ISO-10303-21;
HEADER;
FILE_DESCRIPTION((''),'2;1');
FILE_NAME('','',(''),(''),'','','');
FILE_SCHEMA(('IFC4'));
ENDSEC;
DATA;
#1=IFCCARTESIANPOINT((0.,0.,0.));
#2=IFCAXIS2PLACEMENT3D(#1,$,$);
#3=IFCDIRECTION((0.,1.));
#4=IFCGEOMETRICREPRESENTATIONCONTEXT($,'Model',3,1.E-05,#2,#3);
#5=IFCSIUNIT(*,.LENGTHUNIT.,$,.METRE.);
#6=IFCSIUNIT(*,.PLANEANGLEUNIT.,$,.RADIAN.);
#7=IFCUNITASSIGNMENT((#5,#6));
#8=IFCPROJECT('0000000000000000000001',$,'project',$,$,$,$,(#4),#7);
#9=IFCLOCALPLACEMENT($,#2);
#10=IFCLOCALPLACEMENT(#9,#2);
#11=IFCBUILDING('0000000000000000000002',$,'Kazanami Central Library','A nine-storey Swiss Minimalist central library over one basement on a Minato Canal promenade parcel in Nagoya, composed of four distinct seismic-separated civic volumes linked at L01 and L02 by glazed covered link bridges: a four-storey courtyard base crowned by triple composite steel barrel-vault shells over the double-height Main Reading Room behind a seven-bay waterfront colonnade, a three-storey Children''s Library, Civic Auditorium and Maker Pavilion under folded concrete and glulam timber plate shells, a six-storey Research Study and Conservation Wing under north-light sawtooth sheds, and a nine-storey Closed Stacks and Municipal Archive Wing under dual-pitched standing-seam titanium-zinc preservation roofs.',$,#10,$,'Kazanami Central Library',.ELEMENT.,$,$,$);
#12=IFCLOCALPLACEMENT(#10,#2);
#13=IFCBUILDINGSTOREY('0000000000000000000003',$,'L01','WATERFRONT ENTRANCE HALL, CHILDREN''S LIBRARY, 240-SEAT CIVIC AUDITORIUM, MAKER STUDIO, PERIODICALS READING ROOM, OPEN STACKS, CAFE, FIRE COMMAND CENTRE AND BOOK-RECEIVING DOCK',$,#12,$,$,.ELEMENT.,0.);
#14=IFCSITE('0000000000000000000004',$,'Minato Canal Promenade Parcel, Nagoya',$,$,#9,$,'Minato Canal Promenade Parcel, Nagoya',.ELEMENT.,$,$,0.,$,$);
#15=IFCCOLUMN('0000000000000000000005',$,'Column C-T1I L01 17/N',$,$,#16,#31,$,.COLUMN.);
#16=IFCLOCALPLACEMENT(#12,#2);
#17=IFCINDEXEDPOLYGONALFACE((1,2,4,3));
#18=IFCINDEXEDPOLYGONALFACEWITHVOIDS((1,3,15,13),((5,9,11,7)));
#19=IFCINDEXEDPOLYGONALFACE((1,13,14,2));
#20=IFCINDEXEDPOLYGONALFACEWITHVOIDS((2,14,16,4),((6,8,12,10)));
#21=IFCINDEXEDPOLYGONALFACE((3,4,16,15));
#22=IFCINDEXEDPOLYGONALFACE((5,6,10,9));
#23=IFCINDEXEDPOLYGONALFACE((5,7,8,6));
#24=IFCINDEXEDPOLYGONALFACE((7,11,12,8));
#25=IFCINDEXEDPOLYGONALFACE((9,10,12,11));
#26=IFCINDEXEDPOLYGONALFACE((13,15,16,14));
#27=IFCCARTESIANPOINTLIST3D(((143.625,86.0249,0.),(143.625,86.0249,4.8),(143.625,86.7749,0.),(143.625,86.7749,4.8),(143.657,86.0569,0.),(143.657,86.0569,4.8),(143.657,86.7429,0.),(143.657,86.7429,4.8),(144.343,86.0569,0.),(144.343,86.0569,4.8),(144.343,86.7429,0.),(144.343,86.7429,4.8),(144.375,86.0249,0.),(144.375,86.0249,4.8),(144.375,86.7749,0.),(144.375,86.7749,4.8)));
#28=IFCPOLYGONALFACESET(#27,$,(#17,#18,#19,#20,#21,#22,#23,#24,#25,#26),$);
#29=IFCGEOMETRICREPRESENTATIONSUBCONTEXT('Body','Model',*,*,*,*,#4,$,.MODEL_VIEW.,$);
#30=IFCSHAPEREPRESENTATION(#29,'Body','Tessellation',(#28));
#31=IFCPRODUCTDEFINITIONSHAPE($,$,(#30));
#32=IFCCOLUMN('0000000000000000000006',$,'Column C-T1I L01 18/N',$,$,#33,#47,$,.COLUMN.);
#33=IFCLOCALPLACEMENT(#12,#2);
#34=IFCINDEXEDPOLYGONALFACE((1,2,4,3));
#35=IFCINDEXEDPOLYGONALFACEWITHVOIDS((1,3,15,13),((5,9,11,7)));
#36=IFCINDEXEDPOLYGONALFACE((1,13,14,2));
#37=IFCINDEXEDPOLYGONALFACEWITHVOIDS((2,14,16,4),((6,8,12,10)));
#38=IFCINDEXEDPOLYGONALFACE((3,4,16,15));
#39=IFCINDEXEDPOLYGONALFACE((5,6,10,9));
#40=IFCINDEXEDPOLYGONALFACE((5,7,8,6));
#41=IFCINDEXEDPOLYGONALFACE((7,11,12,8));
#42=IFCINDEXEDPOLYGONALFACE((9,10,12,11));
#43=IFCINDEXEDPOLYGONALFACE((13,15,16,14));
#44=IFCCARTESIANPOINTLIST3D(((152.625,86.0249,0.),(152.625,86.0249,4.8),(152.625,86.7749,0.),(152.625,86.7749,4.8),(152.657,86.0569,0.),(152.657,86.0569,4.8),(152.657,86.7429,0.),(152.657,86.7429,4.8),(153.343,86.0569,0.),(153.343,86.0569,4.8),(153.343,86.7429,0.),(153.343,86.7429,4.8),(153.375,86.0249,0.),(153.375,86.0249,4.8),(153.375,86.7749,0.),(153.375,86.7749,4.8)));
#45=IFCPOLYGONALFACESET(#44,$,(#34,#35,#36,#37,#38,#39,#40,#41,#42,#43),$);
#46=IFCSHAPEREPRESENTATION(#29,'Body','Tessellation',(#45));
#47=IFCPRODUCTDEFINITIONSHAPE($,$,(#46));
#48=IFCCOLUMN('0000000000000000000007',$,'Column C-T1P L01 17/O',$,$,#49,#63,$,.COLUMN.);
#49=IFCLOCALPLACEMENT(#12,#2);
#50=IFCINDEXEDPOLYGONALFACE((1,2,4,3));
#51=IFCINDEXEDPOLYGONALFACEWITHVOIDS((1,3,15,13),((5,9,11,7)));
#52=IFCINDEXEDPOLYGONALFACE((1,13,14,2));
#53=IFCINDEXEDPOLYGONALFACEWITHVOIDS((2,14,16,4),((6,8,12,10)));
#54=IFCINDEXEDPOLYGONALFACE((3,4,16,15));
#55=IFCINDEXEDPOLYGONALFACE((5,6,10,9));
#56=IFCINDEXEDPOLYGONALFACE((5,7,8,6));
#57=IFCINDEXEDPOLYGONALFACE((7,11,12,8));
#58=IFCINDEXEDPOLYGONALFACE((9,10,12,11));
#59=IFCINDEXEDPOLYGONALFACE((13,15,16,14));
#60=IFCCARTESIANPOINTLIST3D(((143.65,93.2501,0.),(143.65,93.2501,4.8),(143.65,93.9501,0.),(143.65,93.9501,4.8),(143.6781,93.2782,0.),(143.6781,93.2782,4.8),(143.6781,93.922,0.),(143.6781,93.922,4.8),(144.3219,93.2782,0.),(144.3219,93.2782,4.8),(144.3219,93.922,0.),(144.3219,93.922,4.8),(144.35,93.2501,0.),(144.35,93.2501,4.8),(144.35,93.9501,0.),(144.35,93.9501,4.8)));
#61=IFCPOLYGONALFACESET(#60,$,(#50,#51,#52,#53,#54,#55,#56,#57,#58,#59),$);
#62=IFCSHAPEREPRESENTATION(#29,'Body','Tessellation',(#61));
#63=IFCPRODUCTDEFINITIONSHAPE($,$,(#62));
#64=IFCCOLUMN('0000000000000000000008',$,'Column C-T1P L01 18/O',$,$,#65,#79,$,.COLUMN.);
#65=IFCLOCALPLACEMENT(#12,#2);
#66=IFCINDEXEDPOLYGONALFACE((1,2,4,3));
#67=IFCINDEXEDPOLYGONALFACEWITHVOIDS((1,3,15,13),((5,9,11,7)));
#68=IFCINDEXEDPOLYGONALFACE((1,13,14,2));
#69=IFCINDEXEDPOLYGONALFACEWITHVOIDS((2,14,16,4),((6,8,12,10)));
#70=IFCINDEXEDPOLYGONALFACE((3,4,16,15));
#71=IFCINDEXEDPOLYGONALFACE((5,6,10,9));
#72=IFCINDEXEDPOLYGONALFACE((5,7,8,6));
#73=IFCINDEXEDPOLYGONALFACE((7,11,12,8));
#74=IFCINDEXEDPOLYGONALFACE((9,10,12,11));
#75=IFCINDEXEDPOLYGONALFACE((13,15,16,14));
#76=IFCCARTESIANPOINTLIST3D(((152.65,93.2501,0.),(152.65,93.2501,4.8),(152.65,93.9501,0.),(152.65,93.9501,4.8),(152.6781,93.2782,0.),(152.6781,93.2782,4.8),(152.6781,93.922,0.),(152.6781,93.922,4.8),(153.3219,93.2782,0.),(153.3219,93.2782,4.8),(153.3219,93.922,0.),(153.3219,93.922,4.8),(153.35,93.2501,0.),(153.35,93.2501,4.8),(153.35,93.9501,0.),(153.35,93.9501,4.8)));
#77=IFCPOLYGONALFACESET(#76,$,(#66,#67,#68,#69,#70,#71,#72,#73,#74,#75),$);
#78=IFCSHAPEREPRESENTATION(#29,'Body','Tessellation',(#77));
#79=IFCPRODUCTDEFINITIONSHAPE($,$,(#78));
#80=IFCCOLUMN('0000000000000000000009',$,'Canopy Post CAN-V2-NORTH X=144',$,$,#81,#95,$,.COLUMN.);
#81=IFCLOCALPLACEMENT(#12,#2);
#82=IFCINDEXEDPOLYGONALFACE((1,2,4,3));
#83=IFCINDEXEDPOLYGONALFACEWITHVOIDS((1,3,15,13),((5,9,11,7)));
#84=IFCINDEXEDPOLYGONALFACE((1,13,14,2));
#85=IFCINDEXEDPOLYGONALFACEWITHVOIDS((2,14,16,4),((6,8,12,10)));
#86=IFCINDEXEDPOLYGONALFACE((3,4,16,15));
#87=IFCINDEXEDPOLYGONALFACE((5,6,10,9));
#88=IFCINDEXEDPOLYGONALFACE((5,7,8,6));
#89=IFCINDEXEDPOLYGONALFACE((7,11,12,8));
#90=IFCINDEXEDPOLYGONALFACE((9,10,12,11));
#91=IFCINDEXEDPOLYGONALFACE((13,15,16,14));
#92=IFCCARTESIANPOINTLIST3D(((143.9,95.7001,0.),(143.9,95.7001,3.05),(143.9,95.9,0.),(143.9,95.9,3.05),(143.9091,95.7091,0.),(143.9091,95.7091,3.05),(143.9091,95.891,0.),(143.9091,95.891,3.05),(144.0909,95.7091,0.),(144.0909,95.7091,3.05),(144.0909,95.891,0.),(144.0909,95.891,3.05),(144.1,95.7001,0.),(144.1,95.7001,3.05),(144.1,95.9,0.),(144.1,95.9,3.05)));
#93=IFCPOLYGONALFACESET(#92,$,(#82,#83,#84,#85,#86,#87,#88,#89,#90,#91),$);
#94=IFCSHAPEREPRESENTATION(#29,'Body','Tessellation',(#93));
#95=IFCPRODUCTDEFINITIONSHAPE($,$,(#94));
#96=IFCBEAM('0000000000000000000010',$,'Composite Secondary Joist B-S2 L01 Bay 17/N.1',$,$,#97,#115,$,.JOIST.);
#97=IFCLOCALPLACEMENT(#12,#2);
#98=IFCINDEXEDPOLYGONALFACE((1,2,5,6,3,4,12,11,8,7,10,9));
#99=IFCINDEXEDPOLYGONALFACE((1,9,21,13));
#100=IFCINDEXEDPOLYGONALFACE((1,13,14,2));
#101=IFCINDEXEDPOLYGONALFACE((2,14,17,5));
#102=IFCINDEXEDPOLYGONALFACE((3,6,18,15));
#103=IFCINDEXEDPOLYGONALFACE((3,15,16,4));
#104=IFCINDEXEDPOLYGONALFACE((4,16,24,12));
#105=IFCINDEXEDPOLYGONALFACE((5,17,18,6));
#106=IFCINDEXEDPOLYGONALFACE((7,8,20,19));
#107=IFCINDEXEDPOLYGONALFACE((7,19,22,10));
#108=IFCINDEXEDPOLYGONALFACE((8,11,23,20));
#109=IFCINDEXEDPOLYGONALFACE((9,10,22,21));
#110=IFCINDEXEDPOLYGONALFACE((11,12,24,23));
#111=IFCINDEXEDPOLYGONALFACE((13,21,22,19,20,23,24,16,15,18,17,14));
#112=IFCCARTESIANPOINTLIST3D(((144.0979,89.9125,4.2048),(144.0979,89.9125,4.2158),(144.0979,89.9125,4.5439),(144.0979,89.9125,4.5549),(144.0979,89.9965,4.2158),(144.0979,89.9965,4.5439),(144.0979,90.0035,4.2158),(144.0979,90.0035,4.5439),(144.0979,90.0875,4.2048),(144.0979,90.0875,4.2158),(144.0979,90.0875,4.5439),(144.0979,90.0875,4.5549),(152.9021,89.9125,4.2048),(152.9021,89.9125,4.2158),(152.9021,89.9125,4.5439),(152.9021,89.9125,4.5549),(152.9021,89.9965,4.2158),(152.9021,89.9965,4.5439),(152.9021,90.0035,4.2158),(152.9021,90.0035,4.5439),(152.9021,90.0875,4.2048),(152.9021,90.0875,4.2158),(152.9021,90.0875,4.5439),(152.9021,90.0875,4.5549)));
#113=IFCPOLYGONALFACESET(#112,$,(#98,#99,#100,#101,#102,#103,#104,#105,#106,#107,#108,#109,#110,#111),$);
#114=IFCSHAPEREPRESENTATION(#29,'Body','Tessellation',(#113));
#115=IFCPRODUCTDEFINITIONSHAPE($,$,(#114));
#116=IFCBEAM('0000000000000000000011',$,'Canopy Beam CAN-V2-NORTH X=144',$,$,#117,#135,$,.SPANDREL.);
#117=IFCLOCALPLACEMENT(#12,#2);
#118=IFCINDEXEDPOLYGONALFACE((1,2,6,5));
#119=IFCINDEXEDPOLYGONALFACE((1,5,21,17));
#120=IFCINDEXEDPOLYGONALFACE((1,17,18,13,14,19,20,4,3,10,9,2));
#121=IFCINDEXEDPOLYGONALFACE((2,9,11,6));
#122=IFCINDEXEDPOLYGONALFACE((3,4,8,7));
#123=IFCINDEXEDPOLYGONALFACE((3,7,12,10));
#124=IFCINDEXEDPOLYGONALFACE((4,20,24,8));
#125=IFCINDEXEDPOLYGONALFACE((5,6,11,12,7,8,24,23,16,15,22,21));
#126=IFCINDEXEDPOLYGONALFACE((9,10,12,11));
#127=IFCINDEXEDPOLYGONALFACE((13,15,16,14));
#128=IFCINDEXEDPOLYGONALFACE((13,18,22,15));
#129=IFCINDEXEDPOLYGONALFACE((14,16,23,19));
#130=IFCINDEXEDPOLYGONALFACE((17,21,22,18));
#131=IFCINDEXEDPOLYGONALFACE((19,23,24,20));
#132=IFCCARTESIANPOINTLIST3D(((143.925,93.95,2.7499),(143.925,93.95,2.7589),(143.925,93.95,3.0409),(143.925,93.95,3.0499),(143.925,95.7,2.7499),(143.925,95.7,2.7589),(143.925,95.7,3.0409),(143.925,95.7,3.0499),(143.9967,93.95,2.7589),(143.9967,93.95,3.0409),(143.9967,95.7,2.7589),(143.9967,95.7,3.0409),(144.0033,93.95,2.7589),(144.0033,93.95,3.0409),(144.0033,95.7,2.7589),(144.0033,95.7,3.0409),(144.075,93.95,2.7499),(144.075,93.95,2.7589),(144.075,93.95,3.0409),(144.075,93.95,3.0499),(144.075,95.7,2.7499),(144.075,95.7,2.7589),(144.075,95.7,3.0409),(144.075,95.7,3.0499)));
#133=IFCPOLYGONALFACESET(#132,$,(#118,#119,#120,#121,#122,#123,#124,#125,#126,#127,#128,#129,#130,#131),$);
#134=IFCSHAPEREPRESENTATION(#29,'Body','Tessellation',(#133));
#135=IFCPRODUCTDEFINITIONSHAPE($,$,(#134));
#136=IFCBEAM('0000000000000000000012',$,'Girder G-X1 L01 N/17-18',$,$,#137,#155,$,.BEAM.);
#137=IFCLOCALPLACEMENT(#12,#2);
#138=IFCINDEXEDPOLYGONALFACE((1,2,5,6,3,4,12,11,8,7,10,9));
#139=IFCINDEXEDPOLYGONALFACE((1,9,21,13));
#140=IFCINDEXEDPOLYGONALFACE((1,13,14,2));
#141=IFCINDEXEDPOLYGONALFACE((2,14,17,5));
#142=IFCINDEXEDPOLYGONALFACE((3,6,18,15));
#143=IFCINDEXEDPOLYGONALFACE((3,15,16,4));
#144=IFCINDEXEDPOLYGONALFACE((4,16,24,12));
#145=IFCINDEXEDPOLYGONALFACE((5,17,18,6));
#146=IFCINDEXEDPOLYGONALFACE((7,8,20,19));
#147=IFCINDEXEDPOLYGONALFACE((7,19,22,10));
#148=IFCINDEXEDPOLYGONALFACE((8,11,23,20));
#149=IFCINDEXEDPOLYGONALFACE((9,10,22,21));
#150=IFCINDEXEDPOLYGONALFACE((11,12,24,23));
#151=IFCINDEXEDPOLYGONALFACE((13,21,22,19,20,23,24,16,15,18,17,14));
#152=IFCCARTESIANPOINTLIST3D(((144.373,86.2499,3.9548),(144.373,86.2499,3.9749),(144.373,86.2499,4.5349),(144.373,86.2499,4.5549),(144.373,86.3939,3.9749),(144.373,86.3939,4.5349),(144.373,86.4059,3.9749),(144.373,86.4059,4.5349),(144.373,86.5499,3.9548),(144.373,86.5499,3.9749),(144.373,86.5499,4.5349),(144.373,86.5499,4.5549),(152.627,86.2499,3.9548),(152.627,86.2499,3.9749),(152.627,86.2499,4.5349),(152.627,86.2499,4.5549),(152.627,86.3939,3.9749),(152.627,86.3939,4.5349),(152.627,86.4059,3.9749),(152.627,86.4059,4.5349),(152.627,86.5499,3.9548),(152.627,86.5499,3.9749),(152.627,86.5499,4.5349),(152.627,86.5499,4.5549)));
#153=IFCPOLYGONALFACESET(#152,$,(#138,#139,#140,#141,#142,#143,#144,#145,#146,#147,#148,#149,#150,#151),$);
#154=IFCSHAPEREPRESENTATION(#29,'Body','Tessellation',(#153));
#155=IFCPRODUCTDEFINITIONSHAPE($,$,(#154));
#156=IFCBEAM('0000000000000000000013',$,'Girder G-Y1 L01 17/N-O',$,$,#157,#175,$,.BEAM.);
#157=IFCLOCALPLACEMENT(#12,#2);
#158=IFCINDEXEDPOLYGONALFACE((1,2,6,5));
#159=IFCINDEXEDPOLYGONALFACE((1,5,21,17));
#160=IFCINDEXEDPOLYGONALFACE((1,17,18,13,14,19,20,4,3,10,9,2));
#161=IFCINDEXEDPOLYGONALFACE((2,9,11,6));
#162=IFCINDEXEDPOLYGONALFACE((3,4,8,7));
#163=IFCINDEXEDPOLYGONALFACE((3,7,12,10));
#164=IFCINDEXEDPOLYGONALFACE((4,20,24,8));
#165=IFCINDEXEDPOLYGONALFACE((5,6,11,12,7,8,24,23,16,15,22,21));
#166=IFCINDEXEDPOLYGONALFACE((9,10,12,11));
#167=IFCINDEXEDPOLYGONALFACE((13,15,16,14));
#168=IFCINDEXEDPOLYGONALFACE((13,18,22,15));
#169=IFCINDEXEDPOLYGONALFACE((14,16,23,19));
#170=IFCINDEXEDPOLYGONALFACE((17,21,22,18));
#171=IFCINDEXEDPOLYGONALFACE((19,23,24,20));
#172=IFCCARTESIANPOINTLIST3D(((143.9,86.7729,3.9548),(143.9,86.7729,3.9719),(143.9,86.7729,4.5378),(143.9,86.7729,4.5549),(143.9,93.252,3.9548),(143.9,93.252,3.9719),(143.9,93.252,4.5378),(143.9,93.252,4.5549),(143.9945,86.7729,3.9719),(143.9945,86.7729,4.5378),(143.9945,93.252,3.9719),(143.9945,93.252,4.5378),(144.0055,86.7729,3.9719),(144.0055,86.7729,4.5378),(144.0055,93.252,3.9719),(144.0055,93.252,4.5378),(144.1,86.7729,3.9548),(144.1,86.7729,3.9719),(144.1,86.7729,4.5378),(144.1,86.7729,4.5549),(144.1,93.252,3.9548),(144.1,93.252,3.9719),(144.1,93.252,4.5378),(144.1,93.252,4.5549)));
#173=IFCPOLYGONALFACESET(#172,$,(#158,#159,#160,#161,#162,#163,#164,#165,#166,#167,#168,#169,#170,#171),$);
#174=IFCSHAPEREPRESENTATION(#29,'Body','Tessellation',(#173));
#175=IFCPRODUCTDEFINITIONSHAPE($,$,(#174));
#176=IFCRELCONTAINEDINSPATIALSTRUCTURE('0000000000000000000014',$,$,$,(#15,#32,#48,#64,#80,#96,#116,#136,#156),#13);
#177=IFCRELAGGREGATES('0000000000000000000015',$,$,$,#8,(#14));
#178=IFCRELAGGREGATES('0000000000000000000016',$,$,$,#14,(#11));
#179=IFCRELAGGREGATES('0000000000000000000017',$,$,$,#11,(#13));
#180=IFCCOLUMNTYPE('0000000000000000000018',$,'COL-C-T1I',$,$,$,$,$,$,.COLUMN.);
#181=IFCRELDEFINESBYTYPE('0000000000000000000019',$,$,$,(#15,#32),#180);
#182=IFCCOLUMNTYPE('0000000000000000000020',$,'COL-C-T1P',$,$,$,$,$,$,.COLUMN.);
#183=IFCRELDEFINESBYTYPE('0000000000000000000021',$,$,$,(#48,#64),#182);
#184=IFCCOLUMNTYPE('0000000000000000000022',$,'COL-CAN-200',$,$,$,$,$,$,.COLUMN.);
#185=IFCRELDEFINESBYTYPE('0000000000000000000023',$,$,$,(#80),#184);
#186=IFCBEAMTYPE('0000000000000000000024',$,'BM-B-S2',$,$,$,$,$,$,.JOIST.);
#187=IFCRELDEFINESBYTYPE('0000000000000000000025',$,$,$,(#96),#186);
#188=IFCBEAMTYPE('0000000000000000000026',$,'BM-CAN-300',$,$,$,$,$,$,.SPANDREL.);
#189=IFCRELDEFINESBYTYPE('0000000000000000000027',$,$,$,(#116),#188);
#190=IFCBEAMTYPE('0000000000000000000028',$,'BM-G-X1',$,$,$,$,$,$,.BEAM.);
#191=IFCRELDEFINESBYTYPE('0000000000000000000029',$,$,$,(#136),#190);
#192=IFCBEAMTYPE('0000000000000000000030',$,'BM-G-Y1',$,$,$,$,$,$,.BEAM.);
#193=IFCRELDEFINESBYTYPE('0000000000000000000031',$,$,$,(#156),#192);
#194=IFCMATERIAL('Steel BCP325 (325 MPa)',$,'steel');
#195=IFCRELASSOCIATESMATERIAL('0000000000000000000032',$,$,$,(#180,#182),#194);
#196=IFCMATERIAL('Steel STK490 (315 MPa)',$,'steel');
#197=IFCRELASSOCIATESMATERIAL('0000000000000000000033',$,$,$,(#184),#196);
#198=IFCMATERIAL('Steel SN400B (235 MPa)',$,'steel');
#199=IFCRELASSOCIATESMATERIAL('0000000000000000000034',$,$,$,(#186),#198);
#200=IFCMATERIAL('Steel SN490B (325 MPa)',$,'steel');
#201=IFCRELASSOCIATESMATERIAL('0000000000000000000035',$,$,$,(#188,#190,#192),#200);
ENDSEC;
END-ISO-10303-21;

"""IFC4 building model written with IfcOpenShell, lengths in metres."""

from ifc_helpers import new_model, si_unit, direction, frame, origin, origin_2d, place, context, subcontext, project, spatial, hollow_rectangle, i_section, extrude, material, material_profile, profile_set, type_object, element, save


model = new_model("IFC4")

# Units and contexts
model_context = context("Model", 3, precision=1e-05, world=origin(), true_north=direction((0.0, 1.0)))
body_context = subcontext(model_context, "Body", "Model", "MODEL_VIEW")
ifc_project = project(units=[si_unit("LENGTHUNIT", "METRE"), si_unit("PLANEANGLEUNIT", "RADIAN")], contexts=[model_context])

# Site, building, storey
site_placement = place(None, origin())
site = spatial("IfcSite", under=ifc_project, at=site_placement, Name="Minato Canal Promenade Parcel, Nagoya", LongName="Minato Canal Promenade Parcel, Nagoya", CompositionType="ELEMENT", RefElevation=0.0)
building_placement = place(site_placement, origin())
building = spatial("IfcBuilding", under=site, at=building_placement, Name="Kazanami Central Library", Description="A nine-storey Swiss Minimalist central library over one basement on a Minato Canal promenade parcel in Nagoya, composed of four distinct seismic-separated civic volumes linked at L01 and L02 by glazed covered link bridges: a four-storey courtyard base crowned by triple composite steel barrel-vault shells over the double-height Main Reading Room behind a seven-bay waterfront colonnade, a three-storey Children's Library, Civic Auditorium and Maker Pavilion under folded concrete and glulam timber plate shells, a six-storey Research Study and Conservation Wing under north-light sawtooth sheds, and a nine-storey Closed Stacks and Municipal Archive Wing under dual-pitched standing-seam titanium-zinc preservation roofs.", LongName="Kazanami Central Library", CompositionType="ELEMENT")
storey_placement = place(building_placement, origin())
storey = spatial("IfcBuildingStorey", under=building, at=storey_placement, Name="L01", Description="WATERFRONT ENTRANCE HALL, CHILDREN'S LIBRARY, 240-SEAT CIVIC AUDITORIUM, MAKER STUDIO, PERIODICALS READING ROOM, OPEN STACKS, CAFE, FIRE COMMAND CENTRE AND BOOK-RECEIVING DOCK", CompositionType="ELEMENT", Elevation=0.0)

# Columns
ifc_material_1 = material(Name="Steel BCP325 (325 MPa)", Category="steel")
ifc_material_profile_1 = material_profile(ifc_material_1, hollow_rectangle(XDim=0.75, YDim=0.75, WallThickness=0.032, at=origin_2d()), Name="BCP-750x750x32")
ifc_profile_set_1 = profile_set([ifc_material_profile_1], Name="Steel BCP325 (325 MPa)")
column_type_1 = type_object("IfcColumnType", Name="COL-C-T1I", PredefinedType="COLUMN", material=ifc_profile_set_1)
for number, where, z_axis, x_axis, name in (
    (1, (144.0, 86.3999, 0.0), (0.0, 0.0, 1.0), (1.0, 0.0, 0.0), "Column C-T1I L01 17/N"),
    (2, (153.0, 86.3999, 0.0), (0.0, 0.0, 1.0), (1.0, 0.0, 0.0), "Column C-T1I L01 18/N"),
):
    element("IfcColumn", number, at=place(storey_placement, frame(where, z_axis=z_axis, x_axis=x_axis)), inside=storey, type_object=column_type_1, Name=name, PredefinedType="COLUMN", context=body_context, shape_type="SweptSolid", body=[
        extrude(hollow_rectangle(XDim=0.75, YDim=0.75, WallThickness=0.032, at=origin_2d()), origin(), (0.0, 0.0, 1.0), 4.8),
    ])
ifc_material_profile_2 = material_profile(ifc_material_1, hollow_rectangle(XDim=0.7, YDim=0.7, WallThickness=0.0281, at=origin_2d()), Name="BCP-700x700x28")
ifc_profile_set_2 = profile_set([ifc_material_profile_2], Name="Steel BCP325 (325 MPa)")
column_type_2 = type_object("IfcColumnType", Name="COL-C-T1P", PredefinedType="COLUMN", material=ifc_profile_set_2)
for number, where, z_axis, x_axis, name in (
    (3, (144.0, 93.6001, 0.0), (0.0, 0.0, 1.0), (1.0, 0.0, 0.0), "Column C-T1P L01 17/O"),
    (4, (153.0, 93.6001, 0.0), (0.0, 0.0, 1.0), (1.0, 0.0, 0.0), "Column C-T1P L01 18/O"),
):
    element("IfcColumn", number, at=place(storey_placement, frame(where, z_axis=z_axis, x_axis=x_axis)), inside=storey, type_object=column_type_2, Name=name, PredefinedType="COLUMN", context=body_context, shape_type="SweptSolid", body=[
        extrude(hollow_rectangle(XDim=0.7, YDim=0.7, WallThickness=0.0281, at=origin_2d()), origin(), (0.0, 0.0, 1.0), 4.8),
    ])
ifc_material_2 = material(Name="Steel STK490 (315 MPa)", Category="steel")
ifc_material_profile_3 = material_profile(ifc_material_2, hollow_rectangle(XDim=0.2, YDim=0.2, WallThickness=0.009, at=origin_2d()), Name="STKR-200x200x9")
ifc_profile_set_3 = profile_set([ifc_material_profile_3], Name="Steel STK490 (315 MPa)")
column_type_3 = type_object("IfcColumnType", Name="COL-CAN-200", PredefinedType="COLUMN", material=ifc_profile_set_3)
column_placement = place(storey_placement, frame((144.0, 95.8, 0.0), z_axis=(0.0, 0.0, 1.0), x_axis=(1.0, 0.0, 0.0)))
element("IfcColumn", 5, at=column_placement, inside=storey, type_object=column_type_3, Name="Canopy Post CAN-V2-NORTH X=144", PredefinedType="COLUMN", context=body_context, shape_type="SweptSolid", body=[
    extrude(hollow_rectangle(XDim=0.2, YDim=0.2, WallThickness=0.009, at=origin_2d()), origin(), (0.0, 0.0, 1.0), 3.05),
])

# Beams
ifc_material_3 = material(Name="Steel SN400B (235 MPa)", Category="steel")
ifc_material_profile_4 = material_profile(ifc_material_3, i_section(OverallWidth=0.175, OverallDepth=0.3501, WebThickness=0.0071, FlangeThickness=0.011, at=origin_2d()), Name="H-350x175x7x11")
ifc_profile_set_4 = profile_set([ifc_material_profile_4], Name="Steel SN400B (235 MPa)")
beam_type_1 = type_object("IfcBeamType", Name="BM-B-S2", PredefinedType="JOIST", material=ifc_profile_set_4)
beam_1_placement = place(storey_placement, frame((144.0979, 90.0, 4.3799), z_axis=(1.0, 0.0, 0.0), x_axis=(0.0, 1.0, 0.0)))
element("IfcBeam", 6, at=beam_1_placement, inside=storey, type_object=beam_type_1, Name="Composite Secondary Joist B-S2 L01 Bay 17/N.1", PredefinedType="JOIST", context=body_context, shape_type="SweptSolid", body=[
    extrude(i_section(OverallWidth=0.175, OverallDepth=0.3501, WebThickness=0.0071, FlangeThickness=0.011, at=origin_2d()), origin(), (0.0, 0.0, 1.0), 8.8042),
])
ifc_material_4 = material(Name="Steel SN490B (325 MPa)", Category="steel")
ifc_material_profile_5 = material_profile(ifc_material_4, i_section(OverallWidth=0.1499, OverallDepth=0.3, WebThickness=0.0066, FlangeThickness=0.009, at=origin_2d()), Name="H-300x150x6.5x9")
ifc_profile_set_5 = profile_set([ifc_material_profile_5], Name="Steel SN490B (325 MPa)")
beam_type_2 = type_object("IfcBeamType", Name="BM-CAN-300", PredefinedType="SPANDREL", material=ifc_profile_set_5)
beam_2_placement = place(storey_placement, frame((144.0, 93.95, 2.8999), z_axis=(0.0, 1.0, 0.0), x_axis=(-1.0, 0.0, 0.0)))
element("IfcBeam", 7, at=beam_2_placement, inside=storey, type_object=beam_type_2, Name="Canopy Beam CAN-V2-NORTH X=144", PredefinedType="SPANDREL", context=body_context, shape_type="SweptSolid", body=[
    extrude(i_section(OverallWidth=0.1499, OverallDepth=0.3, WebThickness=0.0066, FlangeThickness=0.009, at=origin_2d()), origin(), (0.0, 0.0, 1.0), 1.75),
])
ifc_material_profile_6 = material_profile(ifc_material_4, i_section(OverallWidth=0.3, OverallDepth=0.6001, WebThickness=0.012, FlangeThickness=0.02, at=origin_2d()), Name="H-600x300x12x20")
ifc_profile_set_6 = profile_set([ifc_material_profile_6], Name="Steel SN490B (325 MPa)")
beam_type_3 = type_object("IfcBeamType", Name="BM-G-X1", PredefinedType="BEAM", material=ifc_profile_set_6)
beam_3_placement = place(storey_placement, frame((144.373, 86.3999, 4.2549), z_axis=(1.0, 0.0, 0.0), x_axis=(0.0, 1.0, 0.0)))
element("IfcBeam", 8, at=beam_3_placement, inside=storey, type_object=beam_type_3, Name="Girder G-X1 L01 N/17-18", PredefinedType="BEAM", context=body_context, shape_type="SweptSolid", body=[
    extrude(i_section(OverallWidth=0.3, OverallDepth=0.6001, WebThickness=0.012, FlangeThickness=0.02, at=origin_2d()), origin(), (0.0, 0.0, 1.0), 8.2539),
])
ifc_material_profile_7 = material_profile(ifc_material_4, i_section(OverallWidth=0.2, OverallDepth=0.6001, WebThickness=0.011, FlangeThickness=0.0171, at=origin_2d()), Name="H-600x200x11x17")
ifc_profile_set_7 = profile_set([ifc_material_profile_7], Name="Steel SN490B (325 MPa)")
beam_type_4 = type_object("IfcBeamType", Name="BM-G-Y1", PredefinedType="BEAM", material=ifc_profile_set_7)
for number, where, z_axis, x_axis, name in (
    (9, (144.0, 86.7729, 4.2549), (0.0, 1.0, 0.0), (-1.0, 0.0, 0.0), "Girder G-Y1 L01 17/N-O"),
):
    element("IfcBeam", number, at=place(storey_placement, frame(where, z_axis=z_axis, x_axis=x_axis)), inside=storey, type_object=beam_type_4, Name=name, PredefinedType="BEAM", context=body_context, shape_type="SweptSolid", body=[
        extrude(i_section(OverallWidth=0.2, OverallDepth=0.6001, WebThickness=0.011, FlangeThickness=0.0171, at=origin_2d()), origin(), (0.0, 0.0, 1.0), 6.479),
    ])

save(model, "model.ifc")
